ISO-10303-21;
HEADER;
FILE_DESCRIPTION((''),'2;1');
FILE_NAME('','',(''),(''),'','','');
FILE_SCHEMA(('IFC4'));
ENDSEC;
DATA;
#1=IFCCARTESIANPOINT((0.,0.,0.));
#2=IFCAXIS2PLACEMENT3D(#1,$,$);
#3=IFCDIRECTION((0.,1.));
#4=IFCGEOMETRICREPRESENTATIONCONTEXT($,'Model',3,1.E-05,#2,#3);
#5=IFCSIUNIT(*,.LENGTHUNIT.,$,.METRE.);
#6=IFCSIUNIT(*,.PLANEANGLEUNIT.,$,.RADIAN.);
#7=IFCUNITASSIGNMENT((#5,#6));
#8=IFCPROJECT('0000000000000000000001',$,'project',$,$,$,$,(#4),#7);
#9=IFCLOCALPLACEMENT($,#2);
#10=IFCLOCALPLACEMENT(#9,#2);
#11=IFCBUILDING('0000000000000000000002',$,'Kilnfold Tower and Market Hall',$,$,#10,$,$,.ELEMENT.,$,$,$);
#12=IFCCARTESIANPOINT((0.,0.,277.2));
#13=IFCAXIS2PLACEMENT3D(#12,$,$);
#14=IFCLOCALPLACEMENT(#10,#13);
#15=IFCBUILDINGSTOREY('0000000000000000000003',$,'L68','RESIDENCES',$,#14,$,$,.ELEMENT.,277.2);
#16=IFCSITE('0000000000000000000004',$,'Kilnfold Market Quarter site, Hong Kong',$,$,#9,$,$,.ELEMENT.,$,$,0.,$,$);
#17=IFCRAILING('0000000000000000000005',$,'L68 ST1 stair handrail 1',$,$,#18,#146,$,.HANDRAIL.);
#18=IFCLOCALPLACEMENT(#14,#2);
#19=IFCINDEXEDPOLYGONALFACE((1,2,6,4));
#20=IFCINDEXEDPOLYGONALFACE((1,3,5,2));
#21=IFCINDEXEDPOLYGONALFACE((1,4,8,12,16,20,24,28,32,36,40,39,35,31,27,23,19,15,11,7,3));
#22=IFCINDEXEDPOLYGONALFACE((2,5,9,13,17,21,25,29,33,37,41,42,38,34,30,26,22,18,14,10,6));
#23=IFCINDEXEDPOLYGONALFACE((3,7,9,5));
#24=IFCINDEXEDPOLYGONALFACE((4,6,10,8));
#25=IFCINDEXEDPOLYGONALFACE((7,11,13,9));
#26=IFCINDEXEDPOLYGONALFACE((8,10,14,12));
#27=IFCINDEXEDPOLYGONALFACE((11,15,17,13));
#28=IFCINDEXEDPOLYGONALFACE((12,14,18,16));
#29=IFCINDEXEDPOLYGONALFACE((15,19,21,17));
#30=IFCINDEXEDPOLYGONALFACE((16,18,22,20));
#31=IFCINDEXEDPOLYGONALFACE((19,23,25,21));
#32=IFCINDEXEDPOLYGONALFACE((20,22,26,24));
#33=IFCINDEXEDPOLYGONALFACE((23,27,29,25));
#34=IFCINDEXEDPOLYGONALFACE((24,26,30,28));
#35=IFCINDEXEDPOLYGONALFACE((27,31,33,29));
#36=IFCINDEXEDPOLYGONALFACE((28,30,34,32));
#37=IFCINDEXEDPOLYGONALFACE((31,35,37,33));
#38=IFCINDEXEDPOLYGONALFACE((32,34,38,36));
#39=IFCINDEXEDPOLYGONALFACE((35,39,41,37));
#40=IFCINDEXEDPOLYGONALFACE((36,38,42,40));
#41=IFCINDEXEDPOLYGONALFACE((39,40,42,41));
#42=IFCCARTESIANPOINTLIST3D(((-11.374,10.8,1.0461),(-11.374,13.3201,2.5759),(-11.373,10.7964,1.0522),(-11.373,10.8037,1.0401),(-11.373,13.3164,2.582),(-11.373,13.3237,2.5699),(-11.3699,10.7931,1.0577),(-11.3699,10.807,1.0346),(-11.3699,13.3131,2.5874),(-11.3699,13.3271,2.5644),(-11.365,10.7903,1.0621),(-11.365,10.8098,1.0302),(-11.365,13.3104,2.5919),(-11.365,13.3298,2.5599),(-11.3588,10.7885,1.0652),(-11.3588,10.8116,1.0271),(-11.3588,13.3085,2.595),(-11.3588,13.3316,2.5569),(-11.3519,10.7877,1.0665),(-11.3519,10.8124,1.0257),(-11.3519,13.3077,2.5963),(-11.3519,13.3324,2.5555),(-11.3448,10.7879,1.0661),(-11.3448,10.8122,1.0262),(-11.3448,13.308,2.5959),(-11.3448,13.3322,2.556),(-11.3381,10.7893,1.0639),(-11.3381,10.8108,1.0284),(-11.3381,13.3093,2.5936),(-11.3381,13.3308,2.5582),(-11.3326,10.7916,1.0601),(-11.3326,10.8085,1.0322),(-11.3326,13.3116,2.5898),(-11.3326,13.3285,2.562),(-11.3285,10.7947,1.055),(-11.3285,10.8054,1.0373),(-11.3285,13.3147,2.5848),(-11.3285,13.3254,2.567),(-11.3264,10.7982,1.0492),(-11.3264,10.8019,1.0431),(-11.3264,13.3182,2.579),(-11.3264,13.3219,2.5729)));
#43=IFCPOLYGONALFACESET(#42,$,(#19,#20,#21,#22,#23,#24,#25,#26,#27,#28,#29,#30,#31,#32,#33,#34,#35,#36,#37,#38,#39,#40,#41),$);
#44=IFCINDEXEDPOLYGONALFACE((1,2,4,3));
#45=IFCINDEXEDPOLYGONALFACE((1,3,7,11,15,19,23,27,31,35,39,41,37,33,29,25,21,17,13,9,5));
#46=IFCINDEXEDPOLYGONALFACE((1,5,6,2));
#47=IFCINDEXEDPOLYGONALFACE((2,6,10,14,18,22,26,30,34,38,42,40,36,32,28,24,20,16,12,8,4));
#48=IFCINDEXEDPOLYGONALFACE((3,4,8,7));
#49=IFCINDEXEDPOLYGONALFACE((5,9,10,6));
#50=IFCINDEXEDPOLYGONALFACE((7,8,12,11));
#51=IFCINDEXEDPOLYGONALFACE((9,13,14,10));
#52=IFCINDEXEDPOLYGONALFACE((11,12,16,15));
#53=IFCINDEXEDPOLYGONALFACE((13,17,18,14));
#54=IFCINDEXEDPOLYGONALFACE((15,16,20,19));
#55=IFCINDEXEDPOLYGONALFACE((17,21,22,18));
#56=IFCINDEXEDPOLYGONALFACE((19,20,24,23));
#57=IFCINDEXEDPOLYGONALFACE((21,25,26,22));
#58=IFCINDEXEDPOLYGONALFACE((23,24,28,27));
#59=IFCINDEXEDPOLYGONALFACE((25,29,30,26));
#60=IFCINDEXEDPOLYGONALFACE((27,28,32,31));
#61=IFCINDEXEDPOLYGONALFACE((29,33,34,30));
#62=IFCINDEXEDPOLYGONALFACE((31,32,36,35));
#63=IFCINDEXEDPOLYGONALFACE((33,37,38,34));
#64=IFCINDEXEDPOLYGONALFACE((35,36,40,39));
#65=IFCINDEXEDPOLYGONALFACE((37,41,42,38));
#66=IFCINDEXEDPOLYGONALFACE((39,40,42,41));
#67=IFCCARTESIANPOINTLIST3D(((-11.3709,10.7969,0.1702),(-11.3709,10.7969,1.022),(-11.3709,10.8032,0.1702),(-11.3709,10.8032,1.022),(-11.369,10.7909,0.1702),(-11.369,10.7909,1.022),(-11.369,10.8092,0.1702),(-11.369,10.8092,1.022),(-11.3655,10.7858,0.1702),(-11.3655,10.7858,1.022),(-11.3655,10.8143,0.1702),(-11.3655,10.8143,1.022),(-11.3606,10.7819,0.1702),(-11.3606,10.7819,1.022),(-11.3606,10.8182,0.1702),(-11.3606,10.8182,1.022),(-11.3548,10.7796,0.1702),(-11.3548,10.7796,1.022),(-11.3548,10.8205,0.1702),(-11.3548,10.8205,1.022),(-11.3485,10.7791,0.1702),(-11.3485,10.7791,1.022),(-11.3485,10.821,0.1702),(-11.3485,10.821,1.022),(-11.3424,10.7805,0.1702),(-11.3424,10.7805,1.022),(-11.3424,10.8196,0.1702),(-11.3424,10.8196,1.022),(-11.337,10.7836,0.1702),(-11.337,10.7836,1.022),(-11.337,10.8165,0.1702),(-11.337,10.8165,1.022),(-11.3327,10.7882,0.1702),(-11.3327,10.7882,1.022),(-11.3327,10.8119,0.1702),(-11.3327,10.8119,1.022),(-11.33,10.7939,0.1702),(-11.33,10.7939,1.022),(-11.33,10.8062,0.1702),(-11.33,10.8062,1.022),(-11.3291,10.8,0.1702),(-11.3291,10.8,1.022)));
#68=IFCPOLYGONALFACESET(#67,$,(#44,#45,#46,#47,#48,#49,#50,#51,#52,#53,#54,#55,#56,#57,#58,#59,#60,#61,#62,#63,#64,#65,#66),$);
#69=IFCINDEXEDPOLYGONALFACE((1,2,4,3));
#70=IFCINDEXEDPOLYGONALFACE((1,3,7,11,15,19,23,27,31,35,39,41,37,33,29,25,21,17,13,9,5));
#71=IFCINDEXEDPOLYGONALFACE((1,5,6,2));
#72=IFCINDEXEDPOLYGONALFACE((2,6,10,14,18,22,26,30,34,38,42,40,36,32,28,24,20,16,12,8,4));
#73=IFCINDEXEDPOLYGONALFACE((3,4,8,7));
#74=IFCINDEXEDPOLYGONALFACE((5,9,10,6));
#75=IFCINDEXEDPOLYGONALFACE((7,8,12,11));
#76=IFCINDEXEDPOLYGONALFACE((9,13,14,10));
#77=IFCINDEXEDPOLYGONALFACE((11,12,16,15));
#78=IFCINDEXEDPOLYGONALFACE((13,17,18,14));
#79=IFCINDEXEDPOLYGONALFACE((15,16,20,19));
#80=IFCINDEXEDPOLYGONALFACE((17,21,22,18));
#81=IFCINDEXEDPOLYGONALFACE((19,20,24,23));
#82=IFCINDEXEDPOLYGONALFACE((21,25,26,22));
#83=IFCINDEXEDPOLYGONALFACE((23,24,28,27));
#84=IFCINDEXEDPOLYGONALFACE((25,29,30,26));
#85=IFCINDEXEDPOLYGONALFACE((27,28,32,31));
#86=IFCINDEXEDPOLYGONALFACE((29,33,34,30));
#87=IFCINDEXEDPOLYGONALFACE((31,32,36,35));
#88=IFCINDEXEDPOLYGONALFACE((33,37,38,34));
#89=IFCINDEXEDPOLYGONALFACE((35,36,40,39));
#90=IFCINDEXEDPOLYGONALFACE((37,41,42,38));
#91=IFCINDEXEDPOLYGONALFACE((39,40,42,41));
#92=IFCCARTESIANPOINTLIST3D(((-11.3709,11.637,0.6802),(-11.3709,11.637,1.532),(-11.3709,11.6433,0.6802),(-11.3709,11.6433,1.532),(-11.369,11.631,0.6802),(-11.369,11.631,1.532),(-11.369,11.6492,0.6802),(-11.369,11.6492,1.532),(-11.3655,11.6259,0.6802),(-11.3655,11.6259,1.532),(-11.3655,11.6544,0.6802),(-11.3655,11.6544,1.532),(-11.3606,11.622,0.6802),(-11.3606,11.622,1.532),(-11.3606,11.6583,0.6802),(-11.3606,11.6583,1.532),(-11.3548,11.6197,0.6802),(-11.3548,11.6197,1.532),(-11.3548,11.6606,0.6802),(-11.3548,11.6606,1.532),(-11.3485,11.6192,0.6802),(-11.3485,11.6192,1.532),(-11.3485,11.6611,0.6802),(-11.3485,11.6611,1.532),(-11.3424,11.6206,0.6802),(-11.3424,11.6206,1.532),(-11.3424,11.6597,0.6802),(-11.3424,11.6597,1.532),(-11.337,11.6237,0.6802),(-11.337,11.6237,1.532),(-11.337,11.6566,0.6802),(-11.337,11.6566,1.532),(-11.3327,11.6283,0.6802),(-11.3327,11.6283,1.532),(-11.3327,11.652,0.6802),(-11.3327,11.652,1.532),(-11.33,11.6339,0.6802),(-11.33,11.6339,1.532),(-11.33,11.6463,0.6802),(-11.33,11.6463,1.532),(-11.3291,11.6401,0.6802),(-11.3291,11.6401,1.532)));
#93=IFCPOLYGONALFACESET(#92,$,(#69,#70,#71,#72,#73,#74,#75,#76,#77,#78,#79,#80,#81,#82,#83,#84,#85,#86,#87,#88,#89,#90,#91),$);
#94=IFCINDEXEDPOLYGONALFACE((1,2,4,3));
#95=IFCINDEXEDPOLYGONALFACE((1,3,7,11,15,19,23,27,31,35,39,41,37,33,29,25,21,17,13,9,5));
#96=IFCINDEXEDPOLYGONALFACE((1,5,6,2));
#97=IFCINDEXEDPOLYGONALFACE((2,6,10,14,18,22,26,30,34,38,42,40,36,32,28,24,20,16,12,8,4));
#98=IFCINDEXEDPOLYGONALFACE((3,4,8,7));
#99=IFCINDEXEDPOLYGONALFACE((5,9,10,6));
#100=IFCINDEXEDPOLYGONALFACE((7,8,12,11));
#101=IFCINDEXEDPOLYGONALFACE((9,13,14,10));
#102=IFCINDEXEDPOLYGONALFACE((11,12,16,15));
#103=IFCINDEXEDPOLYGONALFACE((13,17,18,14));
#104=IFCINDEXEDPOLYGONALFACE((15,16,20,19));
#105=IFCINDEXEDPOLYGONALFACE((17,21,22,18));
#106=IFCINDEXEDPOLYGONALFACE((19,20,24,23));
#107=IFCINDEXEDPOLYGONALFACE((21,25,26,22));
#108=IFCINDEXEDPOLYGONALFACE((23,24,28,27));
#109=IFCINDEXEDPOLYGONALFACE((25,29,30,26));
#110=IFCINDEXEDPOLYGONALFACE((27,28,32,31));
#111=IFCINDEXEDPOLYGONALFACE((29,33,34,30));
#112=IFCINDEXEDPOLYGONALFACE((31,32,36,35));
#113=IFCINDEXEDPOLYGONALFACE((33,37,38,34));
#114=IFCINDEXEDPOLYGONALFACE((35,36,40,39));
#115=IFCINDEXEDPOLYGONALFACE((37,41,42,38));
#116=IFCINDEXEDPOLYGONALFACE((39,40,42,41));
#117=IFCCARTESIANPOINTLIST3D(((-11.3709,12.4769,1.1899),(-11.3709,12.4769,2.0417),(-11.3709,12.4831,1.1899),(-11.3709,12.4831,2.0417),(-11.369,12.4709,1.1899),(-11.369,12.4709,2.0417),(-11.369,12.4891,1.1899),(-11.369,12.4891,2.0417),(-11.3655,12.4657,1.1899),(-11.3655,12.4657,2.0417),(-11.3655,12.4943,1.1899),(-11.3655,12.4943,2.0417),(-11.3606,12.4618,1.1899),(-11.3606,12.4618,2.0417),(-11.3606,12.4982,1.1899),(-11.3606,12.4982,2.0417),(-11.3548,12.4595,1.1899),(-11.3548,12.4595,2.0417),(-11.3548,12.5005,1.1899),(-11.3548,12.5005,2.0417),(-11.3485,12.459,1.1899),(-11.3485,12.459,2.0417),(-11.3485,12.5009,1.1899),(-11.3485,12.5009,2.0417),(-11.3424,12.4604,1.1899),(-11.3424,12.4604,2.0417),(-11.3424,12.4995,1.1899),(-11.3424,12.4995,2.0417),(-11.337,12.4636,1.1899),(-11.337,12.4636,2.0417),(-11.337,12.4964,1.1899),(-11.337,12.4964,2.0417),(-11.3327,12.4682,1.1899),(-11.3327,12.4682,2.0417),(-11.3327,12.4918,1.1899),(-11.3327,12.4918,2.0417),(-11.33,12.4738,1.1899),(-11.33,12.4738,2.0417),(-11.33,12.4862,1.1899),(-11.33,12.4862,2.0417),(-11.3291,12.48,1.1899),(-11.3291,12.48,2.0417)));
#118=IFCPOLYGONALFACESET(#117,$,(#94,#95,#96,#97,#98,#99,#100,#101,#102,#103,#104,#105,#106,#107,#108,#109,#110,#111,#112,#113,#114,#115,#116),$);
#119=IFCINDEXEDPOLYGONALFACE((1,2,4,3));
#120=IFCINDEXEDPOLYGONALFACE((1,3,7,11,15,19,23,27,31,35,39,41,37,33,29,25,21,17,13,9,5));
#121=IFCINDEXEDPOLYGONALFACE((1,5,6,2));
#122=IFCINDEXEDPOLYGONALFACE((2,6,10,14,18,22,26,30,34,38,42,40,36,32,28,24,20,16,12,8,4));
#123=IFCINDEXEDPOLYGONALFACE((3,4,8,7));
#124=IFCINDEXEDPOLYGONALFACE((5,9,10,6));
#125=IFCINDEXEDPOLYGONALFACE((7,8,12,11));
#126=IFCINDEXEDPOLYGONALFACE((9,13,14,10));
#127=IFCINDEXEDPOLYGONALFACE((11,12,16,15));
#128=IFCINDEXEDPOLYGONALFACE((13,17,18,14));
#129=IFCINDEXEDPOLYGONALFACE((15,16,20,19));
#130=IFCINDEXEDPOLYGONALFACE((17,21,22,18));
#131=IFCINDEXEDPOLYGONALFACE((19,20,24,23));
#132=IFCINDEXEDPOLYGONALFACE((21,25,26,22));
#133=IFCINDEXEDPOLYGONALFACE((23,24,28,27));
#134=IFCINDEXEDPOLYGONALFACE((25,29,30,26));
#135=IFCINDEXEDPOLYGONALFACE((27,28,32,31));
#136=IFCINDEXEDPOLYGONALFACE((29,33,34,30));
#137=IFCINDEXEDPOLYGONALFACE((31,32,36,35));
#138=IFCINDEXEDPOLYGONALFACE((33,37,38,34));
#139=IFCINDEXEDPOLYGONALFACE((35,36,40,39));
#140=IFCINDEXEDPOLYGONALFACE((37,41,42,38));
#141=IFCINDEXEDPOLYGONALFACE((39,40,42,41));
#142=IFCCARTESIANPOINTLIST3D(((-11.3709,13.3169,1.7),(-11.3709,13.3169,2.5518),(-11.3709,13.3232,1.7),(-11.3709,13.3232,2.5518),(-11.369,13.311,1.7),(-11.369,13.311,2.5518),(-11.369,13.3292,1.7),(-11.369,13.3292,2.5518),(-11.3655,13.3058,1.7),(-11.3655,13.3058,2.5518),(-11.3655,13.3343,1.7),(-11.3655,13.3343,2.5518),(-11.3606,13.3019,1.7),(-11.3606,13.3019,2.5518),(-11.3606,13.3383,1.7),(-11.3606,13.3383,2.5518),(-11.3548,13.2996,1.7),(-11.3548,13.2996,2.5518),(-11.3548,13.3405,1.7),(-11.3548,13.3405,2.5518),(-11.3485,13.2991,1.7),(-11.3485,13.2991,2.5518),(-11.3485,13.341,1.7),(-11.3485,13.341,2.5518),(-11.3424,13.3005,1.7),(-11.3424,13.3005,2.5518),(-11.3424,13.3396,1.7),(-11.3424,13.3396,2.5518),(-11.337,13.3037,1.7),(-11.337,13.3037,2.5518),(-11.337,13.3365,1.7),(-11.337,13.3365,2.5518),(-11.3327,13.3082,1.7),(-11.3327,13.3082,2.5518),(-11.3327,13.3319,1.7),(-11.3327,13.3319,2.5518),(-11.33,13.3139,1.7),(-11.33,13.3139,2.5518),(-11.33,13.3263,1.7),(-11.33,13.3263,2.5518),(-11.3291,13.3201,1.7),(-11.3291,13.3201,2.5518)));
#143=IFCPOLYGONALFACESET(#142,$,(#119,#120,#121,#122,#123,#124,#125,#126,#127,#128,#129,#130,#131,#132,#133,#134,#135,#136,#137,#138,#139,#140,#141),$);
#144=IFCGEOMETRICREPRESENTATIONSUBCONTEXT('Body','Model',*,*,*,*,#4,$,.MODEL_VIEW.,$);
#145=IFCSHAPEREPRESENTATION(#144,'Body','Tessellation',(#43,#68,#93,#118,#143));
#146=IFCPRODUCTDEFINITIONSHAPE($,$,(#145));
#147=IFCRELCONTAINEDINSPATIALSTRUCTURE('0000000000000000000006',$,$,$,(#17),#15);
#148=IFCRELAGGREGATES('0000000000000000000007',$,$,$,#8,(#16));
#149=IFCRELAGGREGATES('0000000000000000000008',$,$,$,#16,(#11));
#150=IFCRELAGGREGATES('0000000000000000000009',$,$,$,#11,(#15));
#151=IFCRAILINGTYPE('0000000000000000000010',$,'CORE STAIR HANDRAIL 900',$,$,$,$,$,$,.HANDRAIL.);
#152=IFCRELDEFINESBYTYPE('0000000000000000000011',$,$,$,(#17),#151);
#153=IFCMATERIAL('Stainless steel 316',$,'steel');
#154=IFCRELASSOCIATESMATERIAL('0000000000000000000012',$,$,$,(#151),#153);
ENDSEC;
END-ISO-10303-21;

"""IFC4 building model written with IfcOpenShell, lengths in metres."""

from ifc_helpers import new_model, si_unit, direction, frame, origin, origin_2d, place, context, subcontext, project, spatial, circle, extrude, material, type_object, element, save


model = new_model("IFC4")

# Units and contexts
model_context = context("Model", 3, precision=1e-05, world=origin(), true_north=direction((0.0, 1.0)))
body_context = subcontext(model_context, "Body", "Model", "MODEL_VIEW")
ifc_project = project(units=[si_unit("LENGTHUNIT", "METRE"), si_unit("PLANEANGLEUNIT", "RADIAN")], contexts=[model_context])

# Site, building, storey
site_placement = place(None, origin())
site = spatial("IfcSite", under=ifc_project, at=site_placement, Name="Kilnfold Market Quarter site, Hong Kong", CompositionType="ELEMENT", RefElevation=0.0)
building_placement = place(site_placement, origin())
building = spatial("IfcBuilding", under=site, at=building_placement, Name="Kilnfold Tower and Market Hall", CompositionType="ELEMENT")
storey_placement = place(building_placement, frame((0.0, 0.0, 277.2)))
storey = spatial("IfcBuildingStorey", under=building, at=storey_placement, Name="L68", Description="RESIDENCES", CompositionType="ELEMENT", Elevation=277.2)

# Railing
ifc_material_1 = material(Name="Stainless steel 316", Category="steel")
railing_type_1 = type_object("IfcRailingType", Name="CORE STAIR HANDRAIL 900", PredefinedType="HANDRAIL", material=ifc_material_1)
railing_1_placement = place(storey_placement, frame((-11.3501, 10.8, 0.1702)))
element("IfcRailing", 1, at=railing_1_placement, inside=storey, type_object=railing_type_1, Name="L68 ST1 stair handrail 1", PredefinedType="HANDRAIL", context=body_context, shape_type="SweptSolid", body=[
    extrude(circle(Radius=0.0239, at=origin_2d()), frame((0.0, 0.0, 0.876), z_axis=(0.0, 0.854822, 0.518922), x_axis=(-1.0, 0.0, 0.0)), (0.0, 0.0, 1.0), 2.948),
    extrude(circle(Radius=0.021, at=origin_2d()), origin(), (0.0, 0.0, 1.0), 0.8518),
    extrude(circle(Radius=0.021, at=origin_2d()), frame((0.0, 0.8401, 0.51)), (0.0, 0.0, 1.0), 0.8518),
    extrude(circle(Radius=0.021, at=origin_2d()), frame((0.0, 1.6799, 1.0198)), (0.0, 0.0, 1.0), 0.8518),
    extrude(circle(Radius=0.021, at=origin_2d()), frame((0.0, 2.52, 1.5298)), (0.0, 0.0, 1.0), 0.8518),
])

save(model, "model.ifc")
